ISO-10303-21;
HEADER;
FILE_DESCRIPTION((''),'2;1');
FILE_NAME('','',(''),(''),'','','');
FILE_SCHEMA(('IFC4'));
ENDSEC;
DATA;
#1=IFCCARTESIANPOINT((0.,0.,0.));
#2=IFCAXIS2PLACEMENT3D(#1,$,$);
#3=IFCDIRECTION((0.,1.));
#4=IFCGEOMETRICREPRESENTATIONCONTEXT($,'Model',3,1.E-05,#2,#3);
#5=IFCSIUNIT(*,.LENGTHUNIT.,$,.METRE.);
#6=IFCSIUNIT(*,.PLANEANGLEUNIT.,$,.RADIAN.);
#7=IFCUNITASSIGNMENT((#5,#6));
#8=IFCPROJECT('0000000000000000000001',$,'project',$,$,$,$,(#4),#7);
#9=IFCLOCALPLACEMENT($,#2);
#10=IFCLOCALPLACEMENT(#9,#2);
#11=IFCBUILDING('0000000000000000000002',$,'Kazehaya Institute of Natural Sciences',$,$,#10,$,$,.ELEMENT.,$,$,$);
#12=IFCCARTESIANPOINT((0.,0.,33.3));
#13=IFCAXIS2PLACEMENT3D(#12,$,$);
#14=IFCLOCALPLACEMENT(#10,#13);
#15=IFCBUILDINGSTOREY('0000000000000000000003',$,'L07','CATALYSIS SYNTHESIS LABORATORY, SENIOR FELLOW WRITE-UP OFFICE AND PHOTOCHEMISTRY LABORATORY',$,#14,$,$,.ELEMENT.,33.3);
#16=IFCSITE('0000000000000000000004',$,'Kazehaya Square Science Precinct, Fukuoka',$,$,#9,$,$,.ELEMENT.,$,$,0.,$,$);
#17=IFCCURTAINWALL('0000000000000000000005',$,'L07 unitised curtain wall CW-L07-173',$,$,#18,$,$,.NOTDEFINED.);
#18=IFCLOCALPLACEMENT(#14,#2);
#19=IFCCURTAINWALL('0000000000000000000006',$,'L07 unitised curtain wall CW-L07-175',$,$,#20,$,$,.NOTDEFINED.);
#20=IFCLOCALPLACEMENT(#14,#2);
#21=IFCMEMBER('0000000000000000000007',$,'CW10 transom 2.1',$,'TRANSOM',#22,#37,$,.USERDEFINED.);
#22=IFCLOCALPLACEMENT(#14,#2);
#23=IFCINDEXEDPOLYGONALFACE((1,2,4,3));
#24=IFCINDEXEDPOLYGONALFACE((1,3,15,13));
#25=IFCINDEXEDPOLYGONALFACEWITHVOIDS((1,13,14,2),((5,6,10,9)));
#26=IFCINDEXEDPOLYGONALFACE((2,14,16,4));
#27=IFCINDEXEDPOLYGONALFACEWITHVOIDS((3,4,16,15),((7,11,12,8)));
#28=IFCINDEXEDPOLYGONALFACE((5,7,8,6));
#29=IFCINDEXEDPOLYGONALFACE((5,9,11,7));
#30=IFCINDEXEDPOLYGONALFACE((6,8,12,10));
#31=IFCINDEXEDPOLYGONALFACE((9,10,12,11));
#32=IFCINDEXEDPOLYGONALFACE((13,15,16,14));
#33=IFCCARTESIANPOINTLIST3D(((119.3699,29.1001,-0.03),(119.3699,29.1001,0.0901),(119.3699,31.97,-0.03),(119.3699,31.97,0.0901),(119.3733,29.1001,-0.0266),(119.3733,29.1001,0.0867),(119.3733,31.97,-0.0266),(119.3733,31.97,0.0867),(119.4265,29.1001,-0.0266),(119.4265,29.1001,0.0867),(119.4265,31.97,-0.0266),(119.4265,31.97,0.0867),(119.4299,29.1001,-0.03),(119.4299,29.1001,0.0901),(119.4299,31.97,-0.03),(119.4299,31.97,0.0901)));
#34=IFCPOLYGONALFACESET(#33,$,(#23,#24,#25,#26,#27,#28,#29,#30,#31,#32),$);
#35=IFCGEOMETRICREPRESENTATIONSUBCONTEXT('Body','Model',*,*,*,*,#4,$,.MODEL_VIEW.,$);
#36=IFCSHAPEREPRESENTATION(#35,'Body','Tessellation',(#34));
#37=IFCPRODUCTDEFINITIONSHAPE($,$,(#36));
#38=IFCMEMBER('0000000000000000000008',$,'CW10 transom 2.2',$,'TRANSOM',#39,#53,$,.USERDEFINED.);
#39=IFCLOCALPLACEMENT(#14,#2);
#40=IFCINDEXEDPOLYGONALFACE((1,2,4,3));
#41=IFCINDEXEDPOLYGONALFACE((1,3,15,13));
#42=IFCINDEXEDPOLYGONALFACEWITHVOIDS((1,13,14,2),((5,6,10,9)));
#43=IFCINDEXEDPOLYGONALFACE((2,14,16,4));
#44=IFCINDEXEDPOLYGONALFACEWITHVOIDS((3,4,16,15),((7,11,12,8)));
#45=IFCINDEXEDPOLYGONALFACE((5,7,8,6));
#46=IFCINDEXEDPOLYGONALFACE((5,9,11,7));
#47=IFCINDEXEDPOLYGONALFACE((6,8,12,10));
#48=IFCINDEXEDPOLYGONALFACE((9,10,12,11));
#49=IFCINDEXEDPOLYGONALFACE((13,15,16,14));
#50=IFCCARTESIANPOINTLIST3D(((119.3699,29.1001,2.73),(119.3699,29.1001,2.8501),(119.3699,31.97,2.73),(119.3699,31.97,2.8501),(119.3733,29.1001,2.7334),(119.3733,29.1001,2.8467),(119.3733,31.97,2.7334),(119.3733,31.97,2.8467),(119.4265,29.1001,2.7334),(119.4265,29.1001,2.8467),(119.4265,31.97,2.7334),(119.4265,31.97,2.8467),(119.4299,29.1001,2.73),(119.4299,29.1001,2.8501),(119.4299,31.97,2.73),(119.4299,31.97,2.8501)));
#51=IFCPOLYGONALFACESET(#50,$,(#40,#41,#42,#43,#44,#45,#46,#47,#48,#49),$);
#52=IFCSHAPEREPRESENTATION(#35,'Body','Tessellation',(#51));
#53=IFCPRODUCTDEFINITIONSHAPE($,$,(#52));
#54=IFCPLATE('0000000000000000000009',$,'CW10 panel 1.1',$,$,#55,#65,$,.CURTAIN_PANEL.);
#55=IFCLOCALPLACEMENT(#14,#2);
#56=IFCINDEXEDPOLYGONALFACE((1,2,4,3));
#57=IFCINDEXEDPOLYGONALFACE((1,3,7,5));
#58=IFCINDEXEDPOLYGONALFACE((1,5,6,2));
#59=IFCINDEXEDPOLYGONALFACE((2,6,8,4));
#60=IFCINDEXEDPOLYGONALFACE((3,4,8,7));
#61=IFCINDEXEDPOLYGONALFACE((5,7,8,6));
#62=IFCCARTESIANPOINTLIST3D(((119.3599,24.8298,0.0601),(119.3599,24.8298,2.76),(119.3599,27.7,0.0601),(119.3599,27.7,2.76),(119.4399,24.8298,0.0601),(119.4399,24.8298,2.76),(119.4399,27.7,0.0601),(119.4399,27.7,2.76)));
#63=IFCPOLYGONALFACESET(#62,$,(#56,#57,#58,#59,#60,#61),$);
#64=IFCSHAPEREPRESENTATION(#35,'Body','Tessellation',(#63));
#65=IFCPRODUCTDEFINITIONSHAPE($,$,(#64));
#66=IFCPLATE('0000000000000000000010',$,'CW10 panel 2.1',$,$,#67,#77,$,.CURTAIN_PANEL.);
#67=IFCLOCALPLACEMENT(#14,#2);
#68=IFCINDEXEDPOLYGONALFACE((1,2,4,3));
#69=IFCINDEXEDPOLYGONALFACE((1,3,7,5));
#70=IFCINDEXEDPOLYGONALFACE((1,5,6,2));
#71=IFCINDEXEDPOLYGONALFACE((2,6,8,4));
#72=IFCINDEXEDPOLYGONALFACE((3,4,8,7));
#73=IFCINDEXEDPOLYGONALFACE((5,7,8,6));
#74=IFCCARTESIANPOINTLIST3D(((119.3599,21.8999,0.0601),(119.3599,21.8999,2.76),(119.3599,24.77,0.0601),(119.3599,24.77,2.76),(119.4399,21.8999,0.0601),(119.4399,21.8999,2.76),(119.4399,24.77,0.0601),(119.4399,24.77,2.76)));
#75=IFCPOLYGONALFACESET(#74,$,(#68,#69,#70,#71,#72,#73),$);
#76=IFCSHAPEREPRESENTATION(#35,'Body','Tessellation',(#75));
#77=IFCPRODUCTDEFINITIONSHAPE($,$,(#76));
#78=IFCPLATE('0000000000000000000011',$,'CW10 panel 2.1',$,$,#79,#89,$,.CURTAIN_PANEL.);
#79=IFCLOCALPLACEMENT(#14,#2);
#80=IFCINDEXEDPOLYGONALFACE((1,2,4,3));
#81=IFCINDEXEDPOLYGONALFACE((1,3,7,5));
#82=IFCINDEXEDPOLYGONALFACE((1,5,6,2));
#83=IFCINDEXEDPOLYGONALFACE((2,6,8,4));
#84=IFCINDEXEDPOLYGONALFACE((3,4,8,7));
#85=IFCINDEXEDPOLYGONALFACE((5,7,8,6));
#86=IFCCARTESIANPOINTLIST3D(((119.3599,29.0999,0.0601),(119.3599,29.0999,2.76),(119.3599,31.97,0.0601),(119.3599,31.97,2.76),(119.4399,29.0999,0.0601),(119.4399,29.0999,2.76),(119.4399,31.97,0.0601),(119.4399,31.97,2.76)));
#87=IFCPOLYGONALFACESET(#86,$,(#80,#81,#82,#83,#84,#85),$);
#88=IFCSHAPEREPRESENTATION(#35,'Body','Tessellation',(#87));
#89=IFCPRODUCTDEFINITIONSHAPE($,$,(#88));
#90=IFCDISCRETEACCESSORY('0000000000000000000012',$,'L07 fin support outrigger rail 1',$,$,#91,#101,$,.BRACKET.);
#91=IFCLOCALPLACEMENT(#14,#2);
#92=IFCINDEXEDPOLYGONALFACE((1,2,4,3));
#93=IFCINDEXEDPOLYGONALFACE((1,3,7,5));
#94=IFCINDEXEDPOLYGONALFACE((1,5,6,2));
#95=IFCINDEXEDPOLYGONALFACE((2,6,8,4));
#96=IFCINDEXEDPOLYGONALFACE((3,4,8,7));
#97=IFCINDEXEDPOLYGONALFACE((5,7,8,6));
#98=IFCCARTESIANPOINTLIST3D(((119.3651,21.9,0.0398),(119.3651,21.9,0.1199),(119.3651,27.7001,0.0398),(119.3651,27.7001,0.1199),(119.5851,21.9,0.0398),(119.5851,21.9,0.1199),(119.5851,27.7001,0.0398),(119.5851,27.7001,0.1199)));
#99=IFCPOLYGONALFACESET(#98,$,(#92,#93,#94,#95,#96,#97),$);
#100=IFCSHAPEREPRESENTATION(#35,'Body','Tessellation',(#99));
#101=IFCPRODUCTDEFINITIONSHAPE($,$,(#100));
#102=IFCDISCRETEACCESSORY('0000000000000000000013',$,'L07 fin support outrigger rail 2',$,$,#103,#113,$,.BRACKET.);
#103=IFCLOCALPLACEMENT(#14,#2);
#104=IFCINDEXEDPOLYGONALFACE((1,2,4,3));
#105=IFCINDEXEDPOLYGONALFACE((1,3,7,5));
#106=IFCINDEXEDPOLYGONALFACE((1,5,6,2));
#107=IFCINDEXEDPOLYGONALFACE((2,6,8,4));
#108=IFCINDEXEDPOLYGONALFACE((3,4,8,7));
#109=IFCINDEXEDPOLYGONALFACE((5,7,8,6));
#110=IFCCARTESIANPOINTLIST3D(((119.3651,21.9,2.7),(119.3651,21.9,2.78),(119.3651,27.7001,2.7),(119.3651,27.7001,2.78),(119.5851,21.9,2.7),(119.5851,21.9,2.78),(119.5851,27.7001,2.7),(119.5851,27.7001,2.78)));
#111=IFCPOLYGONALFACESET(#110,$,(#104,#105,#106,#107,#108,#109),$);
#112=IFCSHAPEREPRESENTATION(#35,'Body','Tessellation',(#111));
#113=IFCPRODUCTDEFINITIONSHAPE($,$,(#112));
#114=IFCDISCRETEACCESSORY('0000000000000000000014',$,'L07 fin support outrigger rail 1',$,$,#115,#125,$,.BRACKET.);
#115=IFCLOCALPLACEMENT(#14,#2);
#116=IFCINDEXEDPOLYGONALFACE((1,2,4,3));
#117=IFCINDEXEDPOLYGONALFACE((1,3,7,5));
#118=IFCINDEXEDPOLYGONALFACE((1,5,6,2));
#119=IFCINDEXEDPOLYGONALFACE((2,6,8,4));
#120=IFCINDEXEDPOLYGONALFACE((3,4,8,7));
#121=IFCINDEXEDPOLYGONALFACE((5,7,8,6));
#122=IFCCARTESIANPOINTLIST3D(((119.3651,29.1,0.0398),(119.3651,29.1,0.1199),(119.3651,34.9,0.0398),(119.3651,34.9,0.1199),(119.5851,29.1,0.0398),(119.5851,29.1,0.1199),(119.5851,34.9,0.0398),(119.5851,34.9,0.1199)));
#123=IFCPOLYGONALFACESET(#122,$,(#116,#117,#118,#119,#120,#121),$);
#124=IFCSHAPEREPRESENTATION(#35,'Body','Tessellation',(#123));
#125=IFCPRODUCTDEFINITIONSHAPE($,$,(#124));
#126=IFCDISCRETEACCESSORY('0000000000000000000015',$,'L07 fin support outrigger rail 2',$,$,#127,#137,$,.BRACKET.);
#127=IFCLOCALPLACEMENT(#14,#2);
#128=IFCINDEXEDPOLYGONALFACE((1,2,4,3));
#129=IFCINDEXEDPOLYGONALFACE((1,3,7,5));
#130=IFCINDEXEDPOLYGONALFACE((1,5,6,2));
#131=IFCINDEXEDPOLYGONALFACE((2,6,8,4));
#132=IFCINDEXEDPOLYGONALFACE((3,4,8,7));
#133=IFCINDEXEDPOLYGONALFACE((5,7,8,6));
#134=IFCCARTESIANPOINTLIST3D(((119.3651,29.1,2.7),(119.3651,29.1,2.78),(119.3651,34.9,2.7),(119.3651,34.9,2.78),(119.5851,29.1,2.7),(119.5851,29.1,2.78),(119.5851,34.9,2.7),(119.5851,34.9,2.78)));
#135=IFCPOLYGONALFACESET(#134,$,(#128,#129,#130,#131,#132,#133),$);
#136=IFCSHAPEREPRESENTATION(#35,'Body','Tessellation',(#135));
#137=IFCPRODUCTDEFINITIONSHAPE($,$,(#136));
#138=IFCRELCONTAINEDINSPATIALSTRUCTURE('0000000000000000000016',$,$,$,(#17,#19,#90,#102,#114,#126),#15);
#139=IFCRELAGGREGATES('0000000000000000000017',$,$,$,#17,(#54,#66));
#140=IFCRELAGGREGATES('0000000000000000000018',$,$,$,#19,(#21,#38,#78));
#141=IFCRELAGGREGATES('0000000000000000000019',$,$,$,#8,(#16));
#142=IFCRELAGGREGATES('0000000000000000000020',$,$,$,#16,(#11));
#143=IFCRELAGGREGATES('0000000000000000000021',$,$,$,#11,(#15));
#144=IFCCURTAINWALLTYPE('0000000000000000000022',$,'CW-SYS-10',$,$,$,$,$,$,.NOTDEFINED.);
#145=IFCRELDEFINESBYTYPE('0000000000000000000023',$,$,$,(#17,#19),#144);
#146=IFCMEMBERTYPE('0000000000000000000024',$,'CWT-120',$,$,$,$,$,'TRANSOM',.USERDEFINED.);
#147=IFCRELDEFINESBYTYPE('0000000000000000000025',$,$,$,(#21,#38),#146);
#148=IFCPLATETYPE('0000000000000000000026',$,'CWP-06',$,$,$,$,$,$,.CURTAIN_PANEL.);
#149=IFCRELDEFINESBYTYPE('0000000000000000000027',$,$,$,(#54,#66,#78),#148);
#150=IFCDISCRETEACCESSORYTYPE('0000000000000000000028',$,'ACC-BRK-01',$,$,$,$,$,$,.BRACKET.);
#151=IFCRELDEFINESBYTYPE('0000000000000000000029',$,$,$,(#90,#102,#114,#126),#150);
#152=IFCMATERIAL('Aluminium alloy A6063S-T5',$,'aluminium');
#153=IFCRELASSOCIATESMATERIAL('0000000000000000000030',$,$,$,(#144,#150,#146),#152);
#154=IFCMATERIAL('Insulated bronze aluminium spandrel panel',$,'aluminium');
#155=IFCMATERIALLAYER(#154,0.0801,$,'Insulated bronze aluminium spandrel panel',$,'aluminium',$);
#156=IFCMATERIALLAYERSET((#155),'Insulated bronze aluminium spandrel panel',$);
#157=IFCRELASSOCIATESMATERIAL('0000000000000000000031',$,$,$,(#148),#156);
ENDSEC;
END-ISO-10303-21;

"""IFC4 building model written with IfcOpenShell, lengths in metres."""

from ifc_helpers import new_model, si_unit, direction, frame, origin, origin_2d, place, context, subcontext, project, spatial, rectangle, hollow_rectangle, extrude, material, layer, layer_set, material_profile, profile_set, type_object, element, aggregate, save


model = new_model("IFC4")

# Units and contexts
model_context = context("Model", 3, precision=1e-05, world=origin(), true_north=direction((0.0, 1.0)))
body_context = subcontext(model_context, "Body", "Model", "MODEL_VIEW")
ifc_project = project(units=[si_unit("LENGTHUNIT", "METRE"), si_unit("PLANEANGLEUNIT", "RADIAN")], contexts=[model_context])

# Site, building, storey
site_placement = place(None, origin())
site = spatial("IfcSite", under=ifc_project, at=site_placement, Name="Kazehaya Square Science Precinct, Fukuoka", CompositionType="ELEMENT", RefElevation=0.0)
building_placement = place(site_placement, origin())
building = spatial("IfcBuilding", under=site, at=building_placement, Name="Kazehaya Institute of Natural Sciences", CompositionType="ELEMENT")
storey_placement = place(building_placement, frame((0.0, 0.0, 33.3)))
storey = spatial("IfcBuildingStorey", under=building, at=storey_placement, Name="L07", Description="CATALYSIS SYNTHESIS LABORATORY, SENIOR FELLOW WRITE-UP OFFICE AND PHOTOCHEMISTRY LABORATORY", CompositionType="ELEMENT", Elevation=33.3)

# Curtain walls
ifc_material_1 = material(Name="Aluminium alloy A6063S-T5", Category="aluminium")
curtain_wall_type = type_object("IfcCurtainWallType", Name="CW-SYS-10", PredefinedType="NOTDEFINED", material=ifc_material_1)
curtain_wall_1_placement = place(storey_placement, origin())
curtain_wall_1 = element("IfcCurtainWall", 1, at=curtain_wall_1_placement, inside=storey, type_object=curtain_wall_type, Name="L07 unitised curtain wall CW-L07-173", PredefinedType="NOTDEFINED")
curtain_wall_2_placement = place(storey_placement, origin())
curtain_wall_2 = element("IfcCurtainWall", 2, at=curtain_wall_2_placement, inside=storey, type_object=curtain_wall_type, Name="L07 unitised curtain wall CW-L07-175", PredefinedType="NOTDEFINED")

# Members
ifc_material_profile_1 = material_profile(ifc_material_1, hollow_rectangle(XDim=0.0601, YDim=0.1201, WallThickness=0.0034, at=origin_2d()), Name="ALU-60x120x3.5")
ifc_profile_set_1 = profile_set([ifc_material_profile_1], Name="Aluminium alloy A6063S-T5")
member_type_1 = type_object("IfcMemberType", Name="CWT-120", ElementType="TRANSOM", PredefinedType="USERDEFINED", material=ifc_profile_set_1)
member_1_placement = place(storey_placement, frame((119.3999, 31.97, 0.03), z_axis=(0.0, -1.0, 0.0), x_axis=(1.0, 0.0, 0.0)))
member_1 = element("IfcMember", 3, at=member_1_placement, type_object=member_type_1, Name="CW10 transom 2.1", ObjectType="TRANSOM", PredefinedType="USERDEFINED", context=body_context, shape_type="SweptSolid", body=[
    extrude(hollow_rectangle(XDim=0.0601, YDim=0.1201, WallThickness=0.0034, at=origin_2d()), origin(), (0.0, 0.0, 1.0), 2.8699),
])
member_2_placement = place(storey_placement, frame((119.3999, 31.97, 2.79), z_axis=(0.0, -1.0, 0.0), x_axis=(1.0, 0.0, 0.0)))
member_2 = element("IfcMember", 4, at=member_2_placement, type_object=member_type_1, Name="CW10 transom 2.2", ObjectType="TRANSOM", PredefinedType="USERDEFINED", context=body_context, shape_type="SweptSolid", body=[
    extrude(hollow_rectangle(XDim=0.0601, YDim=0.1201, WallThickness=0.0034, at=origin_2d()), origin(), (0.0, 0.0, 1.0), 2.8699),
])

# Plates
ifc_material_2 = material(Name="Insulated bronze aluminium spandrel panel", Category="aluminium")
ifc_layer = layer(ifc_material_2, 0.0801, Name="Insulated bronze aluminium spandrel panel", Category="aluminium")
ifc_layer_set = layer_set([ifc_layer], Name="Insulated bronze aluminium spandrel panel")
plate_type = type_object("IfcPlateType", Name="CWP-06", PredefinedType="CURTAIN_PANEL", material=ifc_layer_set)
plate_1_placement = place(storey_placement, frame((119.3999, 26.2649, 0.0601), z_axis=(0.0, 0.0, 1.0), x_axis=(0.0, -1.0, 0.0)))
plate_1 = element("IfcPlate", 5, at=plate_1_placement, type_object=plate_type, Name="CW10 panel 1.1", PredefinedType="CURTAIN_PANEL", context=body_context, shape_type="SweptSolid", body=[
    extrude(rectangle(XDim=2.8701, YDim=0.0801, at=origin_2d()), origin(), (0.0, 0.0, 1.0), 2.7),
])
plate_2_placement = place(storey_placement, frame((119.3999, 23.335, 0.0601), z_axis=(0.0, 0.0, 1.0), x_axis=(0.0, -1.0, 0.0)))
plate_2 = element("IfcPlate", 6, at=plate_2_placement, type_object=plate_type, Name="CW10 panel 2.1", PredefinedType="CURTAIN_PANEL", context=body_context, shape_type="SweptSolid", body=[
    extrude(rectangle(XDim=2.8701, YDim=0.0801, at=origin_2d()), origin(), (0.0, 0.0, 1.0), 2.7),
])
aggregate(curtain_wall_1, [plate_1, plate_2])
plate_3_placement = place(storey_placement, frame((119.3999, 30.5349, 0.0601), z_axis=(0.0, 0.0, 1.0), x_axis=(0.0, -1.0, 0.0)))
plate_3 = element("IfcPlate", 7, at=plate_3_placement, type_object=plate_type, Name="CW10 panel 2.1", PredefinedType="CURTAIN_PANEL", context=body_context, shape_type="SweptSolid", body=[
    extrude(rectangle(XDim=2.8701, YDim=0.0801, at=origin_2d()), origin(), (0.0, 0.0, 1.0), 2.7),
])
aggregate(curtain_wall_2, [member_1, member_2, plate_3])

# Discrete accessories
discrete_accessory_type = type_object("IfcDiscreteAccessoryType", Name="ACC-BRK-01", PredefinedType="BRACKET", material=ifc_material_1)
for number, where, z_axis, x_axis, name in (
    (8, (119.4751, 24.8, 0.0398), (0.0, 0.0, 1.0), (0.0, -1.0, 0.0), "L07 fin support outrigger rail 1"),
    (9, (119.4751, 24.8, 2.7), (0.0, 0.0, 1.0), (0.0, -1.0, 0.0), "L07 fin support outrigger rail 2"),
    (10, (119.4751, 32.0, 0.0398), (0.0, 0.0, 1.0), (0.0, -1.0, 0.0), "L07 fin support outrigger rail 1"),
    (11, (119.4751, 32.0, 2.7), (0.0, 0.0, 1.0), (0.0, -1.0, 0.0), "L07 fin support outrigger rail 2"),
):
    element("IfcDiscreteAccessory", number, at=place(storey_placement, frame(where, z_axis=z_axis, x_axis=x_axis)), inside=storey, type_object=discrete_accessory_type, Name=name, PredefinedType="BRACKET", context=body_context, shape_type="SweptSolid", body=[
        extrude(rectangle(XDim=5.8, YDim=0.22, at=origin_2d()), origin(), (0.0, 0.0, 1.0), 0.0801),
    ])

save(model, "model.ifc")
